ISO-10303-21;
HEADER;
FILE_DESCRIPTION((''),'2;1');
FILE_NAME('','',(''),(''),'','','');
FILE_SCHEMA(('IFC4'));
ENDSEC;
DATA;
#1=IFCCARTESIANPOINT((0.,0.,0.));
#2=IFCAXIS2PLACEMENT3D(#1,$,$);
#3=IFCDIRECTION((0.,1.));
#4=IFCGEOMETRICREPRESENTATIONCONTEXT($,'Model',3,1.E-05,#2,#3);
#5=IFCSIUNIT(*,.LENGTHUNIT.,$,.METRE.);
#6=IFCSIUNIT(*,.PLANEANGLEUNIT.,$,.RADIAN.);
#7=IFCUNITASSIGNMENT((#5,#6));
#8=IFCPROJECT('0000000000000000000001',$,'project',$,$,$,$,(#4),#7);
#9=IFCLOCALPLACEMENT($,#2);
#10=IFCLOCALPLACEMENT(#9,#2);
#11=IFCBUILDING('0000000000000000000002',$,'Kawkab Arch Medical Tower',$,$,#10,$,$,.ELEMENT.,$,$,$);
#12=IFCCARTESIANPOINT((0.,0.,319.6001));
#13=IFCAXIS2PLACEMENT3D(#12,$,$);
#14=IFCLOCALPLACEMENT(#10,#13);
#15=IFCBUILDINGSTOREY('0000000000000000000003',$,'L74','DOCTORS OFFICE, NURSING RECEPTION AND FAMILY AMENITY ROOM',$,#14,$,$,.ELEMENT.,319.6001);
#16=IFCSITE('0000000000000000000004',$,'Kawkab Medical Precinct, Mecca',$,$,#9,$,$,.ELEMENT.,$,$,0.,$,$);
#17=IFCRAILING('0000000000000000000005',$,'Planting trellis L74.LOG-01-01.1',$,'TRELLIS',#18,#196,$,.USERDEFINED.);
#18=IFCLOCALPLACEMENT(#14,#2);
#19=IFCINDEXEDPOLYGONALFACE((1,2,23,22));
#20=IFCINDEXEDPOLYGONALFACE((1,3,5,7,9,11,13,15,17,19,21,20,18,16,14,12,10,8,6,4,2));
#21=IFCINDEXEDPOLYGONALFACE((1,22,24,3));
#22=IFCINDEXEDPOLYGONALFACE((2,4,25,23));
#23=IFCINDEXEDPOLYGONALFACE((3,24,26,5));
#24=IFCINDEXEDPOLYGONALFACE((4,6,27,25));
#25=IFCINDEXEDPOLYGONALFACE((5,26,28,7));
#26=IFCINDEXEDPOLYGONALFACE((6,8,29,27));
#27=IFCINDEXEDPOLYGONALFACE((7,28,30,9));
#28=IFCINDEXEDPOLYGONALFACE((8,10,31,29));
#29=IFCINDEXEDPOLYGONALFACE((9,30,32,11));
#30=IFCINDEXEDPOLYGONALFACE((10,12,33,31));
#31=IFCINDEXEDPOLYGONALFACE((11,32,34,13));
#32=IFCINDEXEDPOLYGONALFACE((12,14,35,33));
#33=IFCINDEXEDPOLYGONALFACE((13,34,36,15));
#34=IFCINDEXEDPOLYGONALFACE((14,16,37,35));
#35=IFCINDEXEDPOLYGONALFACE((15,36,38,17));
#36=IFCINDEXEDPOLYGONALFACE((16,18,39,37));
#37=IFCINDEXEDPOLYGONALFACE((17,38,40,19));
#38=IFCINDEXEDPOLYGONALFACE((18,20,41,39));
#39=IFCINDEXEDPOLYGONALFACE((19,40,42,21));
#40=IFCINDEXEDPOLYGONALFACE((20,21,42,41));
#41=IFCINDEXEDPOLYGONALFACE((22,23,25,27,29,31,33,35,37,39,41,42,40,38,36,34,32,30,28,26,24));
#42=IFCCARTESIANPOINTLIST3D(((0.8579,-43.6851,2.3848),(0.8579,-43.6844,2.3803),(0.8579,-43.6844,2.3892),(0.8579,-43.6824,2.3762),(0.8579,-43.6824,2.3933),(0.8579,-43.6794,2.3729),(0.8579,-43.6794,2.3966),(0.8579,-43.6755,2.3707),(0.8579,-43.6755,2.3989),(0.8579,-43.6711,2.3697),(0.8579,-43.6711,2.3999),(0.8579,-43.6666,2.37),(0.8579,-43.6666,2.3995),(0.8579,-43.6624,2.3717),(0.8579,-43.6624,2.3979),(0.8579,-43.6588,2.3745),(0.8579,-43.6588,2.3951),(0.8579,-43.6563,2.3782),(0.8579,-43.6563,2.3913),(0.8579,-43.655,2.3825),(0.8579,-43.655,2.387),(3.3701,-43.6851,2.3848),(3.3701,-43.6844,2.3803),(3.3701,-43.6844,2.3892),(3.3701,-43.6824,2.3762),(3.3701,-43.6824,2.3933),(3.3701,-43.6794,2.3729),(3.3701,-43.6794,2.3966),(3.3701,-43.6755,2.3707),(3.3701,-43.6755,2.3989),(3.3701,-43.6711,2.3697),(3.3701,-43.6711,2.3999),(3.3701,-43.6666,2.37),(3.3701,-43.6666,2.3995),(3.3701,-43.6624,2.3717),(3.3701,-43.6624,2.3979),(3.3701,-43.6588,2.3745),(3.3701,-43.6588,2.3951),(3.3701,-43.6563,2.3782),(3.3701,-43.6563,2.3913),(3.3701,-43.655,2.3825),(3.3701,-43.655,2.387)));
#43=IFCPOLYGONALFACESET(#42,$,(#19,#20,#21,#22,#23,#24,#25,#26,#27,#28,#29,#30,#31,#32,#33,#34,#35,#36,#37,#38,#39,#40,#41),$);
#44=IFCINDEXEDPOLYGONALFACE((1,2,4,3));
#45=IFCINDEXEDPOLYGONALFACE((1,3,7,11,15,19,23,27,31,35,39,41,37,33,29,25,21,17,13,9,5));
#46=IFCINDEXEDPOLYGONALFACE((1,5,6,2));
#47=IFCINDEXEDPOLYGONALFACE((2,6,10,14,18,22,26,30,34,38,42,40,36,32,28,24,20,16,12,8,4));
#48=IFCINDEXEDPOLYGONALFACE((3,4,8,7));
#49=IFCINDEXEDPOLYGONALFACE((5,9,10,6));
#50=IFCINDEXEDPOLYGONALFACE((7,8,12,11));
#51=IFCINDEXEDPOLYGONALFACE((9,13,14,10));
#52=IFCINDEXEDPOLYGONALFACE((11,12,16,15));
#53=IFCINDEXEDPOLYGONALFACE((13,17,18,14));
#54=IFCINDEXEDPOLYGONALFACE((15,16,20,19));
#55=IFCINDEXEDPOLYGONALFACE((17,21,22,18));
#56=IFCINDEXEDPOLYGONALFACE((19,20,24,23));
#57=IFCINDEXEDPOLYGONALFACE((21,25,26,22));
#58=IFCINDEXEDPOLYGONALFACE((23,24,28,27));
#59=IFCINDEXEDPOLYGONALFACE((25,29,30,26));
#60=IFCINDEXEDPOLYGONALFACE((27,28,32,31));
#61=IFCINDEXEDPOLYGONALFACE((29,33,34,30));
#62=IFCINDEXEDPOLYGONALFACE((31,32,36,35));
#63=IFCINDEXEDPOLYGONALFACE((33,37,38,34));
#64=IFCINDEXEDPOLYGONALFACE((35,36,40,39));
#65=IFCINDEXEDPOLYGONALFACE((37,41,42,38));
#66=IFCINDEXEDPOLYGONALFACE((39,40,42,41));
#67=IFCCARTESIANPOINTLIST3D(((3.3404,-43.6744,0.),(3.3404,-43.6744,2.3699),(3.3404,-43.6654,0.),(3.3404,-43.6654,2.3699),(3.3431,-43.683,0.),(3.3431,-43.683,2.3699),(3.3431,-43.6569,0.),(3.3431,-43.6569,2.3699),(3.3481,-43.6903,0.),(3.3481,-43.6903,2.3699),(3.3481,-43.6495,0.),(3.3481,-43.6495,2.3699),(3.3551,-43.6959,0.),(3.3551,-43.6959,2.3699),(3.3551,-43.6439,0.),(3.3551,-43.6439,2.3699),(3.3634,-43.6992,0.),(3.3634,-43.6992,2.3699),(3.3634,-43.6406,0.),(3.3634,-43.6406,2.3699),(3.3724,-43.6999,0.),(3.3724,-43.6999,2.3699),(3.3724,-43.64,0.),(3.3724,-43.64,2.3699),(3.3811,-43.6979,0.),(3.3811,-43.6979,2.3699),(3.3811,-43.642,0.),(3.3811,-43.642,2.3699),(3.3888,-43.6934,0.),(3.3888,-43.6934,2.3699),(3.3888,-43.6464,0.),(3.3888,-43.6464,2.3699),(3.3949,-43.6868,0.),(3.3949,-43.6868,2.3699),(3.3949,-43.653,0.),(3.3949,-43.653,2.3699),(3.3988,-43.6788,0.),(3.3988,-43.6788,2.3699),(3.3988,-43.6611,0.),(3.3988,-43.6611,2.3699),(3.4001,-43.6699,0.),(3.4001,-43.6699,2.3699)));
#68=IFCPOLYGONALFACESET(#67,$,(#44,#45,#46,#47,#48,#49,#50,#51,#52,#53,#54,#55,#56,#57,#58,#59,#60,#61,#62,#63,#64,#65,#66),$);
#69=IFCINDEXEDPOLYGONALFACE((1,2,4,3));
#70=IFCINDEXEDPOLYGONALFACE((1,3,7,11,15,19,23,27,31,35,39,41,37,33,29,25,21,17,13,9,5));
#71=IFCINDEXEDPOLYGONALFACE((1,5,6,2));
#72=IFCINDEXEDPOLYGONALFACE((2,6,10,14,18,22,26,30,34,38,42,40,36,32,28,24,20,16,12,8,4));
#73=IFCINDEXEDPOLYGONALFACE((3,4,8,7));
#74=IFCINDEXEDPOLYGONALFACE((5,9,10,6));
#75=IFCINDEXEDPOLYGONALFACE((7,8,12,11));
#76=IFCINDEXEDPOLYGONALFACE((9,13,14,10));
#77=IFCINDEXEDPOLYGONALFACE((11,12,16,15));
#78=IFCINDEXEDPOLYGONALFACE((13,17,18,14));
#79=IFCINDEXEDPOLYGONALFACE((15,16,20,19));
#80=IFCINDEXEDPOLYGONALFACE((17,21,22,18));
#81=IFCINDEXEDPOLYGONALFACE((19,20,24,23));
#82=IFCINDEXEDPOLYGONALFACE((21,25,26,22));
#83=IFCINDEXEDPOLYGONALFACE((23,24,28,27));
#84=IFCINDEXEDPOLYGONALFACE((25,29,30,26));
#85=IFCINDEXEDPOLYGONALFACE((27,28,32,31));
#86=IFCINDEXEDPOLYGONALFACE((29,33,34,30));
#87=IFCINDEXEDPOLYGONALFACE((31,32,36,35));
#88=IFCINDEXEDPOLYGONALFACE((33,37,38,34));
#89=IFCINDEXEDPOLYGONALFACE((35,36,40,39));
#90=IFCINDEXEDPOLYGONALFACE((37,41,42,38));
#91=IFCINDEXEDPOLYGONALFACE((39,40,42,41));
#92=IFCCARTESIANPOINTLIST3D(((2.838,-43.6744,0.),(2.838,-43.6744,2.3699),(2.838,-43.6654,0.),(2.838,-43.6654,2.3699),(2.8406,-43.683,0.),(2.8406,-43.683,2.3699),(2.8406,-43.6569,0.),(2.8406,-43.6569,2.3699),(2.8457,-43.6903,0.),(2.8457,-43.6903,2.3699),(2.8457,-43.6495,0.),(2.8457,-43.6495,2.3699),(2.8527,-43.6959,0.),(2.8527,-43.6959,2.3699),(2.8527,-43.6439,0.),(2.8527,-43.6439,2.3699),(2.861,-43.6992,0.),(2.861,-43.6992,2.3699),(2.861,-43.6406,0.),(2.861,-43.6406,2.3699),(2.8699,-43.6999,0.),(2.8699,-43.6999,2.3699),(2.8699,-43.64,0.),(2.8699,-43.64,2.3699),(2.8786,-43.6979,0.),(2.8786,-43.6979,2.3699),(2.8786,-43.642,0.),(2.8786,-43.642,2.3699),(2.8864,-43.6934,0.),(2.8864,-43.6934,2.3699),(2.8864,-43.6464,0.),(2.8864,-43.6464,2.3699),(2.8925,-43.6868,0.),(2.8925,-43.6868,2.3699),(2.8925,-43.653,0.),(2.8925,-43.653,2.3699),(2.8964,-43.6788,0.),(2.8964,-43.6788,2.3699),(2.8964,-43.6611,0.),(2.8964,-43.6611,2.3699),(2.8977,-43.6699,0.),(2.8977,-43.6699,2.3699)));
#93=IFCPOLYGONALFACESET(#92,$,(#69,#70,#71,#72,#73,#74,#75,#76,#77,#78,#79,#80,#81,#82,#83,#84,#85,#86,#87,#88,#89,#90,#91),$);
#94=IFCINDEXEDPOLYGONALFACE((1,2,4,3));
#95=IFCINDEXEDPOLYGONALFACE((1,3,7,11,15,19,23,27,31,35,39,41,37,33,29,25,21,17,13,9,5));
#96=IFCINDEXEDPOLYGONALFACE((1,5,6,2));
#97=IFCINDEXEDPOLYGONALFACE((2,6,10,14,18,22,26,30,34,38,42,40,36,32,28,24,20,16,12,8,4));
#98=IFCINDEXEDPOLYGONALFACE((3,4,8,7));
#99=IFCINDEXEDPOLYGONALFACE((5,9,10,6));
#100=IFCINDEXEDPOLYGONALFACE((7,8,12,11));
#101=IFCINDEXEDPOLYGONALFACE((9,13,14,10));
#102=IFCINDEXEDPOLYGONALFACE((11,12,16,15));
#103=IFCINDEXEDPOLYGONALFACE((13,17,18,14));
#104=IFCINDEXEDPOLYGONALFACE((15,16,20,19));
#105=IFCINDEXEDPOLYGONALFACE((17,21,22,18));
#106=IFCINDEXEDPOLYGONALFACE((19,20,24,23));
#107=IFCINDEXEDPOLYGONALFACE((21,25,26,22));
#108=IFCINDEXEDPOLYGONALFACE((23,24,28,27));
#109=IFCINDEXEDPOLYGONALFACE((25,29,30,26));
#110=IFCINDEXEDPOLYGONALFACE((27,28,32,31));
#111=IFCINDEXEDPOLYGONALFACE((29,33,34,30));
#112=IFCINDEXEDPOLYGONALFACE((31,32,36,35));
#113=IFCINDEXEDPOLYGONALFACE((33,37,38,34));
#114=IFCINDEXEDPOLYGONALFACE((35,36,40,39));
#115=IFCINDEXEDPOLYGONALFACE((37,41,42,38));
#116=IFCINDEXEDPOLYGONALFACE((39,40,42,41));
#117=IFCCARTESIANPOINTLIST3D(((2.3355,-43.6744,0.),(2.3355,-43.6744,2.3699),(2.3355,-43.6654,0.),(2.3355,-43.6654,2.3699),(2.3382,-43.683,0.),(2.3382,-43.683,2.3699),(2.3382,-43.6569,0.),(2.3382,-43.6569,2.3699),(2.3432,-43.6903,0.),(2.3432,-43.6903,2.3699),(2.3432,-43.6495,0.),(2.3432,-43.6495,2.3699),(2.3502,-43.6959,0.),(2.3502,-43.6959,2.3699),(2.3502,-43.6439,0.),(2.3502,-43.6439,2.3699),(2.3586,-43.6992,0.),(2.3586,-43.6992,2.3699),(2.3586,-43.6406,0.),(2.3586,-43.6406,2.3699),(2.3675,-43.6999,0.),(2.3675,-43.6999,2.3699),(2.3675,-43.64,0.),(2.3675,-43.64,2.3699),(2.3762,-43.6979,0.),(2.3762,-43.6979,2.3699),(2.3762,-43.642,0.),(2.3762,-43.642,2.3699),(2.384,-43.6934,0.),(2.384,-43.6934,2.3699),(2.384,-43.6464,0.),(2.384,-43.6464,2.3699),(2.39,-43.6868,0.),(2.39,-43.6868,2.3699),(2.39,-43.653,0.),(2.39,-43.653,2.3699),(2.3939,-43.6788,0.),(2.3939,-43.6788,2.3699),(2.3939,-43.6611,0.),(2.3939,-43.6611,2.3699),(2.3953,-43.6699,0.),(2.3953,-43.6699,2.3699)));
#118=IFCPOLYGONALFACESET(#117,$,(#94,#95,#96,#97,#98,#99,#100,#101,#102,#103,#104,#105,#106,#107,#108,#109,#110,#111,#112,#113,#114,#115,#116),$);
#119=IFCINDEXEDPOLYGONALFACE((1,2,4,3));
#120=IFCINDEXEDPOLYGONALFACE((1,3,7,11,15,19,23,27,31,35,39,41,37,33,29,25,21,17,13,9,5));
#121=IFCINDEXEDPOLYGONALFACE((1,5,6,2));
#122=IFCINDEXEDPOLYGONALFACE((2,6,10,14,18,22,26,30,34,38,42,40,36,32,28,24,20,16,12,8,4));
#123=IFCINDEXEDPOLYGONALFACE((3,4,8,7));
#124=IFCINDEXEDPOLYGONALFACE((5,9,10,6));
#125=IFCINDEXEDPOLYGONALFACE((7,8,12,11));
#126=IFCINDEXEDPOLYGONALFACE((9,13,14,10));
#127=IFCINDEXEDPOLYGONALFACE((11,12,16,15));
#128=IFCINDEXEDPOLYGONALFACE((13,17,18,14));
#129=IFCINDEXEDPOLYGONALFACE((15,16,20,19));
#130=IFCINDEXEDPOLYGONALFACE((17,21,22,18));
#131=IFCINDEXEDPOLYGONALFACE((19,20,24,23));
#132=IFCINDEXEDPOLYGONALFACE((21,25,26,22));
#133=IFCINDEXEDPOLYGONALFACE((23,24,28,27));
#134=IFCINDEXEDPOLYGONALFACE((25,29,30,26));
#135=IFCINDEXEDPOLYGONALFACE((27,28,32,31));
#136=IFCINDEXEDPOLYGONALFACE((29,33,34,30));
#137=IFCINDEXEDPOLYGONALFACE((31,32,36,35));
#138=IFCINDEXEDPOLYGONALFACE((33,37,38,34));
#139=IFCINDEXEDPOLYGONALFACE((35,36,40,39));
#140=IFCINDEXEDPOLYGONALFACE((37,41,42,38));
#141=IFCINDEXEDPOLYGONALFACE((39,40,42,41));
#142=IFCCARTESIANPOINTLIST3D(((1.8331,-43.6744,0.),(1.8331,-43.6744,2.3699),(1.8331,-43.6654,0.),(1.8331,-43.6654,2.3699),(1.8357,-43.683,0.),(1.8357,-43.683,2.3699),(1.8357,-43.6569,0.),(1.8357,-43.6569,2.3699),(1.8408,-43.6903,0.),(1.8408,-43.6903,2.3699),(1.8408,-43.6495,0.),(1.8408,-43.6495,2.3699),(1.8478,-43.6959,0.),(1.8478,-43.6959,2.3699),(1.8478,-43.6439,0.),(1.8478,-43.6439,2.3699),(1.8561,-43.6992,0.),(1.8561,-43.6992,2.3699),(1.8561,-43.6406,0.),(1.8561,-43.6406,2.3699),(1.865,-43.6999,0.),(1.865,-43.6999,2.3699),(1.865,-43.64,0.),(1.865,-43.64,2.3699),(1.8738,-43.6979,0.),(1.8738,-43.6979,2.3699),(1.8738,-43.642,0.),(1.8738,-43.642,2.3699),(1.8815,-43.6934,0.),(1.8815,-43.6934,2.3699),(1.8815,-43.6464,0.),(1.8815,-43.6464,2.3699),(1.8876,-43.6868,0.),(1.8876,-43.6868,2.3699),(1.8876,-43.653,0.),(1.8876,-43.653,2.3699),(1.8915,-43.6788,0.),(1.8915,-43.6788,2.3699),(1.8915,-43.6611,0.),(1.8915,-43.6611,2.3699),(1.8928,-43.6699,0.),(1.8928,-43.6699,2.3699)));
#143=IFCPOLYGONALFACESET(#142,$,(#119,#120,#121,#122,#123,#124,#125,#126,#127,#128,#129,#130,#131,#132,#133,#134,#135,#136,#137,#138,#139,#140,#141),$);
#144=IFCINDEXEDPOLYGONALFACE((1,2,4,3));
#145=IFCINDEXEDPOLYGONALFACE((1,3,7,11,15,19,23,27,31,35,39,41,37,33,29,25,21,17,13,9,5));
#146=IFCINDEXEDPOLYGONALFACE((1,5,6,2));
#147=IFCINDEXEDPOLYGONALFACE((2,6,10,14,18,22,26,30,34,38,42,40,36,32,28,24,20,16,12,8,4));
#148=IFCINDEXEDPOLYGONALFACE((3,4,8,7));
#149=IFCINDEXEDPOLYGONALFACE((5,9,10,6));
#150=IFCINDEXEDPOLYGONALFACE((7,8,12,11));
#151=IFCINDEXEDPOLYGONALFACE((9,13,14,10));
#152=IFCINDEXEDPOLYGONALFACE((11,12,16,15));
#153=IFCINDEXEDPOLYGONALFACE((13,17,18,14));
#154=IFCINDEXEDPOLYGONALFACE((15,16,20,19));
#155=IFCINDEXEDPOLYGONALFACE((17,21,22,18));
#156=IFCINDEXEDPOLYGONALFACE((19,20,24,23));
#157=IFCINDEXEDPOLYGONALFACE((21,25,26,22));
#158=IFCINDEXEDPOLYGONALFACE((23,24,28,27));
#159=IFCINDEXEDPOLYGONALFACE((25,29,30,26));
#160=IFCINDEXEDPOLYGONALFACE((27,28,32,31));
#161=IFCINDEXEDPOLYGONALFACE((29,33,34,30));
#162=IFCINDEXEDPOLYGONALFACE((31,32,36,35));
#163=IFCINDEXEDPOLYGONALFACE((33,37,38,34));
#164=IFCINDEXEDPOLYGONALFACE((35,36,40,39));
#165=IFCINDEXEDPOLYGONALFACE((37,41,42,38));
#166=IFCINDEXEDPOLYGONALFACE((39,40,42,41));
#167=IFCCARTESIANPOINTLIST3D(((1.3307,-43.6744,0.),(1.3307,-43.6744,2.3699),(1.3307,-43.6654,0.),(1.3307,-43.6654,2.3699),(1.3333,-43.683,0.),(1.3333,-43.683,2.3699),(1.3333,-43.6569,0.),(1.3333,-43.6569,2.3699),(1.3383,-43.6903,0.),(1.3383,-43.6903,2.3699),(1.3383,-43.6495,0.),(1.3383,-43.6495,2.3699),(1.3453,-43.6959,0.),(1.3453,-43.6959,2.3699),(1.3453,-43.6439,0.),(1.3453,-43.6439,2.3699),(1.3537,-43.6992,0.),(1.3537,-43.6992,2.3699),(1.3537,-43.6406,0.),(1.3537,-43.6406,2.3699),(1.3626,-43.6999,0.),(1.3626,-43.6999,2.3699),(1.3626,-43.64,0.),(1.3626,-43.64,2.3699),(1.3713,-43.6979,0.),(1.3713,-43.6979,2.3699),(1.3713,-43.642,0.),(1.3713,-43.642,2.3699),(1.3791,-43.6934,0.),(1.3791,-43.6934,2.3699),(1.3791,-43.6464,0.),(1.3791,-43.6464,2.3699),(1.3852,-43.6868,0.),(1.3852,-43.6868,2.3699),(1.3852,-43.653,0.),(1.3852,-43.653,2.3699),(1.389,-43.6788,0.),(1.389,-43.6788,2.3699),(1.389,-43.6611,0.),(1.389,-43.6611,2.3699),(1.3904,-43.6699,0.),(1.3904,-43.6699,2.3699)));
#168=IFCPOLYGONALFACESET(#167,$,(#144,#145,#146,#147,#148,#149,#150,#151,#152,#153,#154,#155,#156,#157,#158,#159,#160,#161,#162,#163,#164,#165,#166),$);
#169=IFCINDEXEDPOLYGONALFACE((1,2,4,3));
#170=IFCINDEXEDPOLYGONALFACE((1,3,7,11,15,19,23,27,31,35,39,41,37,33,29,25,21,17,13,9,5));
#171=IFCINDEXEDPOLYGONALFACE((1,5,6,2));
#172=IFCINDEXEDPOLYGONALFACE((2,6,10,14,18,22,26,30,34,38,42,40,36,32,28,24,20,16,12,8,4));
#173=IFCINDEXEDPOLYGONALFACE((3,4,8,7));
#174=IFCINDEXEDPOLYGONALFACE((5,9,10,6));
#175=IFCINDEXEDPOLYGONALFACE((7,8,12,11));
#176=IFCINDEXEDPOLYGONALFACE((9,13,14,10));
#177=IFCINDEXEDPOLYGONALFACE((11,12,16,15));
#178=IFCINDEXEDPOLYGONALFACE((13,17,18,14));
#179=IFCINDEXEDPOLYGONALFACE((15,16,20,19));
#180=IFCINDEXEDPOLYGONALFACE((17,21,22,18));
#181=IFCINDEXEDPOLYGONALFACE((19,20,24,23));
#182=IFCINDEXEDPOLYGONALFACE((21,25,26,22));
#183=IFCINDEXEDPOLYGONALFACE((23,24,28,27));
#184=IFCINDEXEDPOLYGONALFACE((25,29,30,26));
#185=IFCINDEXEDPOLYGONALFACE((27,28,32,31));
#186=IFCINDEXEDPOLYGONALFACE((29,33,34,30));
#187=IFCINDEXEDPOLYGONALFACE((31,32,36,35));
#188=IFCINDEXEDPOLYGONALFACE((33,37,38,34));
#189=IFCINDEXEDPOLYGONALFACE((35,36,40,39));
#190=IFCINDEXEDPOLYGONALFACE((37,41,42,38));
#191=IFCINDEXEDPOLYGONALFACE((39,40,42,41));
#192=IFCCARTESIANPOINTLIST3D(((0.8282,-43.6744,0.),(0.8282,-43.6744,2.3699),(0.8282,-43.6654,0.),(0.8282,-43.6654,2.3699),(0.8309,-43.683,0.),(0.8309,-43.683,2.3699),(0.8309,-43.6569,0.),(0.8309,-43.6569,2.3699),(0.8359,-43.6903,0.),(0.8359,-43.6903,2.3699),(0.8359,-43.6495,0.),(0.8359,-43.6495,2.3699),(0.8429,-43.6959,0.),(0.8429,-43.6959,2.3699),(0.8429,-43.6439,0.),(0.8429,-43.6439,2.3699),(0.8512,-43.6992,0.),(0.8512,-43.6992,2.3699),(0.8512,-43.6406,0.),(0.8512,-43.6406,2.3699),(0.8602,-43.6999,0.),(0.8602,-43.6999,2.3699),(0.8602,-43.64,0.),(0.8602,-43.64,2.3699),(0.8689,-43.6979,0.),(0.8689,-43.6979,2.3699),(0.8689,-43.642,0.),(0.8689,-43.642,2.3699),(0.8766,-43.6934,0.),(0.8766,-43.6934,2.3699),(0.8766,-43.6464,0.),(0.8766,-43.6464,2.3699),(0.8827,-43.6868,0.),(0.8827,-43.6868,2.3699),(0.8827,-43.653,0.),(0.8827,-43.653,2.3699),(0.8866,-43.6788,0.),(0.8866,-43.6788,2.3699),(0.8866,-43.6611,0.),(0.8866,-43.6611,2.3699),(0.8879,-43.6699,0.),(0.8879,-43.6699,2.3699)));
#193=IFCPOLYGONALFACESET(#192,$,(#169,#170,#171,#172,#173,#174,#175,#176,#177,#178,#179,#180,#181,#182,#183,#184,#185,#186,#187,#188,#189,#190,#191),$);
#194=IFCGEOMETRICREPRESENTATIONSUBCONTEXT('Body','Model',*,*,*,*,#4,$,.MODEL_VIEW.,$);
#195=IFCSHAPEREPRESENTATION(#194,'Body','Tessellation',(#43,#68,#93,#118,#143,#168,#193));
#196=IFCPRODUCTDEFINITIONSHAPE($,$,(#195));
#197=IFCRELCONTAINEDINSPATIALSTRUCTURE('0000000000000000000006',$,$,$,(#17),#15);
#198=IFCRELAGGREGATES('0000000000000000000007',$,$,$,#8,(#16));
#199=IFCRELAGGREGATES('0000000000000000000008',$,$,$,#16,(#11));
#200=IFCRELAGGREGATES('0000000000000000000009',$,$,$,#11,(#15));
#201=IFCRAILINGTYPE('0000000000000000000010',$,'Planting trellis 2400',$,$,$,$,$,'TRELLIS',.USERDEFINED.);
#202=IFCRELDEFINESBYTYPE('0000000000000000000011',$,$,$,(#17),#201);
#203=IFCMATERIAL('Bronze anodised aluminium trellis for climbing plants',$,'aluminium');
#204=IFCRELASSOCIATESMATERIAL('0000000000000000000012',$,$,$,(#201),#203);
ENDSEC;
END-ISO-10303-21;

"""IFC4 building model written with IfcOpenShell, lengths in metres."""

from ifc_helpers import new_model, si_unit, direction, frame, origin, origin_2d, place, context, subcontext, project, spatial, circle, extrude, material, type_object, element, save


model = new_model("IFC4")

# Units and contexts
model_context = context("Model", 3, precision=1e-05, world=origin(), true_north=direction((0.0, 1.0)))
body_context = subcontext(model_context, "Body", "Model", "MODEL_VIEW")
ifc_project = project(units=[si_unit("LENGTHUNIT", "METRE"), si_unit("PLANEANGLEUNIT", "RADIAN")], contexts=[model_context])

# Site, building, storey
site_placement = place(None, origin())
site = spatial("IfcSite", under=ifc_project, at=site_placement, Name="Kawkab Medical Precinct, Mecca", CompositionType="ELEMENT", RefElevation=0.0)
building_placement = place(site_placement, origin())
building = spatial("IfcBuilding", under=site, at=building_placement, Name="Kawkab Arch Medical Tower", CompositionType="ELEMENT")
storey_placement = place(building_placement, frame((0.0, 0.0, 319.6001)))
storey = spatial("IfcBuildingStorey", under=building, at=storey_placement, Name="L74", Description="DOCTORS OFFICE, NURSING RECEPTION AND FAMILY AMENITY ROOM", CompositionType="ELEMENT", Elevation=319.6001)

# Railing
ifc_material_1 = material(Name="Bronze anodised aluminium trellis for climbing plants", Category="aluminium")
railing_type_1 = type_object("IfcRailingType", Name="Planting trellis 2400", ElementType="TRELLIS", PredefinedType="USERDEFINED", material=ifc_material_1)
railing_1_placement = place(storey_placement, frame((3.3701, -43.6699, 0.0)))
element("IfcRailing", 1, at=railing_1_placement, inside=storey, type_object=railing_type_1, Name="Planting trellis L74.LOG-01-01.1", ObjectType="TRELLIS", PredefinedType="USERDEFINED", context=body_context, shape_type="SweptSolid", body=[
    extrude(circle(Radius=0.0151, at=origin_2d()), frame((0.0, 0.0, 2.3848), z_axis=(-1.0, 0.0, 0.0), x_axis=(0.0, -1.0, 0.0)), (0.0, 0.0, 1.0), 2.5122),
    extrude(circle(Radius=0.03, at=origin_2d()), origin(), (0.0, 0.0, 1.0), 2.3699),
    extrude(circle(Radius=0.03, at=origin_2d()), frame((-0.5024, 0.0, 0.0)), (0.0, 0.0, 1.0), 2.3699),
    extrude(circle(Radius=0.03, at=origin_2d()), frame((-1.0049, 0.0, 0.0)), (0.0, 0.0, 1.0), 2.3699),
    extrude(circle(Radius=0.03, at=origin_2d()), frame((-1.5073, 0.0, 0.0)), (0.0, 0.0, 1.0), 2.3699),
    extrude(circle(Radius=0.03, at=origin_2d()), frame((-2.0098, 0.0, 0.0)), (0.0, 0.0, 1.0), 2.3699),
    extrude(circle(Radius=0.03, at=origin_2d()), frame((-2.5122, 0.0, 0.0)), (0.0, 0.0, 1.0), 2.3699),
])

save(model, "model.ifc")
